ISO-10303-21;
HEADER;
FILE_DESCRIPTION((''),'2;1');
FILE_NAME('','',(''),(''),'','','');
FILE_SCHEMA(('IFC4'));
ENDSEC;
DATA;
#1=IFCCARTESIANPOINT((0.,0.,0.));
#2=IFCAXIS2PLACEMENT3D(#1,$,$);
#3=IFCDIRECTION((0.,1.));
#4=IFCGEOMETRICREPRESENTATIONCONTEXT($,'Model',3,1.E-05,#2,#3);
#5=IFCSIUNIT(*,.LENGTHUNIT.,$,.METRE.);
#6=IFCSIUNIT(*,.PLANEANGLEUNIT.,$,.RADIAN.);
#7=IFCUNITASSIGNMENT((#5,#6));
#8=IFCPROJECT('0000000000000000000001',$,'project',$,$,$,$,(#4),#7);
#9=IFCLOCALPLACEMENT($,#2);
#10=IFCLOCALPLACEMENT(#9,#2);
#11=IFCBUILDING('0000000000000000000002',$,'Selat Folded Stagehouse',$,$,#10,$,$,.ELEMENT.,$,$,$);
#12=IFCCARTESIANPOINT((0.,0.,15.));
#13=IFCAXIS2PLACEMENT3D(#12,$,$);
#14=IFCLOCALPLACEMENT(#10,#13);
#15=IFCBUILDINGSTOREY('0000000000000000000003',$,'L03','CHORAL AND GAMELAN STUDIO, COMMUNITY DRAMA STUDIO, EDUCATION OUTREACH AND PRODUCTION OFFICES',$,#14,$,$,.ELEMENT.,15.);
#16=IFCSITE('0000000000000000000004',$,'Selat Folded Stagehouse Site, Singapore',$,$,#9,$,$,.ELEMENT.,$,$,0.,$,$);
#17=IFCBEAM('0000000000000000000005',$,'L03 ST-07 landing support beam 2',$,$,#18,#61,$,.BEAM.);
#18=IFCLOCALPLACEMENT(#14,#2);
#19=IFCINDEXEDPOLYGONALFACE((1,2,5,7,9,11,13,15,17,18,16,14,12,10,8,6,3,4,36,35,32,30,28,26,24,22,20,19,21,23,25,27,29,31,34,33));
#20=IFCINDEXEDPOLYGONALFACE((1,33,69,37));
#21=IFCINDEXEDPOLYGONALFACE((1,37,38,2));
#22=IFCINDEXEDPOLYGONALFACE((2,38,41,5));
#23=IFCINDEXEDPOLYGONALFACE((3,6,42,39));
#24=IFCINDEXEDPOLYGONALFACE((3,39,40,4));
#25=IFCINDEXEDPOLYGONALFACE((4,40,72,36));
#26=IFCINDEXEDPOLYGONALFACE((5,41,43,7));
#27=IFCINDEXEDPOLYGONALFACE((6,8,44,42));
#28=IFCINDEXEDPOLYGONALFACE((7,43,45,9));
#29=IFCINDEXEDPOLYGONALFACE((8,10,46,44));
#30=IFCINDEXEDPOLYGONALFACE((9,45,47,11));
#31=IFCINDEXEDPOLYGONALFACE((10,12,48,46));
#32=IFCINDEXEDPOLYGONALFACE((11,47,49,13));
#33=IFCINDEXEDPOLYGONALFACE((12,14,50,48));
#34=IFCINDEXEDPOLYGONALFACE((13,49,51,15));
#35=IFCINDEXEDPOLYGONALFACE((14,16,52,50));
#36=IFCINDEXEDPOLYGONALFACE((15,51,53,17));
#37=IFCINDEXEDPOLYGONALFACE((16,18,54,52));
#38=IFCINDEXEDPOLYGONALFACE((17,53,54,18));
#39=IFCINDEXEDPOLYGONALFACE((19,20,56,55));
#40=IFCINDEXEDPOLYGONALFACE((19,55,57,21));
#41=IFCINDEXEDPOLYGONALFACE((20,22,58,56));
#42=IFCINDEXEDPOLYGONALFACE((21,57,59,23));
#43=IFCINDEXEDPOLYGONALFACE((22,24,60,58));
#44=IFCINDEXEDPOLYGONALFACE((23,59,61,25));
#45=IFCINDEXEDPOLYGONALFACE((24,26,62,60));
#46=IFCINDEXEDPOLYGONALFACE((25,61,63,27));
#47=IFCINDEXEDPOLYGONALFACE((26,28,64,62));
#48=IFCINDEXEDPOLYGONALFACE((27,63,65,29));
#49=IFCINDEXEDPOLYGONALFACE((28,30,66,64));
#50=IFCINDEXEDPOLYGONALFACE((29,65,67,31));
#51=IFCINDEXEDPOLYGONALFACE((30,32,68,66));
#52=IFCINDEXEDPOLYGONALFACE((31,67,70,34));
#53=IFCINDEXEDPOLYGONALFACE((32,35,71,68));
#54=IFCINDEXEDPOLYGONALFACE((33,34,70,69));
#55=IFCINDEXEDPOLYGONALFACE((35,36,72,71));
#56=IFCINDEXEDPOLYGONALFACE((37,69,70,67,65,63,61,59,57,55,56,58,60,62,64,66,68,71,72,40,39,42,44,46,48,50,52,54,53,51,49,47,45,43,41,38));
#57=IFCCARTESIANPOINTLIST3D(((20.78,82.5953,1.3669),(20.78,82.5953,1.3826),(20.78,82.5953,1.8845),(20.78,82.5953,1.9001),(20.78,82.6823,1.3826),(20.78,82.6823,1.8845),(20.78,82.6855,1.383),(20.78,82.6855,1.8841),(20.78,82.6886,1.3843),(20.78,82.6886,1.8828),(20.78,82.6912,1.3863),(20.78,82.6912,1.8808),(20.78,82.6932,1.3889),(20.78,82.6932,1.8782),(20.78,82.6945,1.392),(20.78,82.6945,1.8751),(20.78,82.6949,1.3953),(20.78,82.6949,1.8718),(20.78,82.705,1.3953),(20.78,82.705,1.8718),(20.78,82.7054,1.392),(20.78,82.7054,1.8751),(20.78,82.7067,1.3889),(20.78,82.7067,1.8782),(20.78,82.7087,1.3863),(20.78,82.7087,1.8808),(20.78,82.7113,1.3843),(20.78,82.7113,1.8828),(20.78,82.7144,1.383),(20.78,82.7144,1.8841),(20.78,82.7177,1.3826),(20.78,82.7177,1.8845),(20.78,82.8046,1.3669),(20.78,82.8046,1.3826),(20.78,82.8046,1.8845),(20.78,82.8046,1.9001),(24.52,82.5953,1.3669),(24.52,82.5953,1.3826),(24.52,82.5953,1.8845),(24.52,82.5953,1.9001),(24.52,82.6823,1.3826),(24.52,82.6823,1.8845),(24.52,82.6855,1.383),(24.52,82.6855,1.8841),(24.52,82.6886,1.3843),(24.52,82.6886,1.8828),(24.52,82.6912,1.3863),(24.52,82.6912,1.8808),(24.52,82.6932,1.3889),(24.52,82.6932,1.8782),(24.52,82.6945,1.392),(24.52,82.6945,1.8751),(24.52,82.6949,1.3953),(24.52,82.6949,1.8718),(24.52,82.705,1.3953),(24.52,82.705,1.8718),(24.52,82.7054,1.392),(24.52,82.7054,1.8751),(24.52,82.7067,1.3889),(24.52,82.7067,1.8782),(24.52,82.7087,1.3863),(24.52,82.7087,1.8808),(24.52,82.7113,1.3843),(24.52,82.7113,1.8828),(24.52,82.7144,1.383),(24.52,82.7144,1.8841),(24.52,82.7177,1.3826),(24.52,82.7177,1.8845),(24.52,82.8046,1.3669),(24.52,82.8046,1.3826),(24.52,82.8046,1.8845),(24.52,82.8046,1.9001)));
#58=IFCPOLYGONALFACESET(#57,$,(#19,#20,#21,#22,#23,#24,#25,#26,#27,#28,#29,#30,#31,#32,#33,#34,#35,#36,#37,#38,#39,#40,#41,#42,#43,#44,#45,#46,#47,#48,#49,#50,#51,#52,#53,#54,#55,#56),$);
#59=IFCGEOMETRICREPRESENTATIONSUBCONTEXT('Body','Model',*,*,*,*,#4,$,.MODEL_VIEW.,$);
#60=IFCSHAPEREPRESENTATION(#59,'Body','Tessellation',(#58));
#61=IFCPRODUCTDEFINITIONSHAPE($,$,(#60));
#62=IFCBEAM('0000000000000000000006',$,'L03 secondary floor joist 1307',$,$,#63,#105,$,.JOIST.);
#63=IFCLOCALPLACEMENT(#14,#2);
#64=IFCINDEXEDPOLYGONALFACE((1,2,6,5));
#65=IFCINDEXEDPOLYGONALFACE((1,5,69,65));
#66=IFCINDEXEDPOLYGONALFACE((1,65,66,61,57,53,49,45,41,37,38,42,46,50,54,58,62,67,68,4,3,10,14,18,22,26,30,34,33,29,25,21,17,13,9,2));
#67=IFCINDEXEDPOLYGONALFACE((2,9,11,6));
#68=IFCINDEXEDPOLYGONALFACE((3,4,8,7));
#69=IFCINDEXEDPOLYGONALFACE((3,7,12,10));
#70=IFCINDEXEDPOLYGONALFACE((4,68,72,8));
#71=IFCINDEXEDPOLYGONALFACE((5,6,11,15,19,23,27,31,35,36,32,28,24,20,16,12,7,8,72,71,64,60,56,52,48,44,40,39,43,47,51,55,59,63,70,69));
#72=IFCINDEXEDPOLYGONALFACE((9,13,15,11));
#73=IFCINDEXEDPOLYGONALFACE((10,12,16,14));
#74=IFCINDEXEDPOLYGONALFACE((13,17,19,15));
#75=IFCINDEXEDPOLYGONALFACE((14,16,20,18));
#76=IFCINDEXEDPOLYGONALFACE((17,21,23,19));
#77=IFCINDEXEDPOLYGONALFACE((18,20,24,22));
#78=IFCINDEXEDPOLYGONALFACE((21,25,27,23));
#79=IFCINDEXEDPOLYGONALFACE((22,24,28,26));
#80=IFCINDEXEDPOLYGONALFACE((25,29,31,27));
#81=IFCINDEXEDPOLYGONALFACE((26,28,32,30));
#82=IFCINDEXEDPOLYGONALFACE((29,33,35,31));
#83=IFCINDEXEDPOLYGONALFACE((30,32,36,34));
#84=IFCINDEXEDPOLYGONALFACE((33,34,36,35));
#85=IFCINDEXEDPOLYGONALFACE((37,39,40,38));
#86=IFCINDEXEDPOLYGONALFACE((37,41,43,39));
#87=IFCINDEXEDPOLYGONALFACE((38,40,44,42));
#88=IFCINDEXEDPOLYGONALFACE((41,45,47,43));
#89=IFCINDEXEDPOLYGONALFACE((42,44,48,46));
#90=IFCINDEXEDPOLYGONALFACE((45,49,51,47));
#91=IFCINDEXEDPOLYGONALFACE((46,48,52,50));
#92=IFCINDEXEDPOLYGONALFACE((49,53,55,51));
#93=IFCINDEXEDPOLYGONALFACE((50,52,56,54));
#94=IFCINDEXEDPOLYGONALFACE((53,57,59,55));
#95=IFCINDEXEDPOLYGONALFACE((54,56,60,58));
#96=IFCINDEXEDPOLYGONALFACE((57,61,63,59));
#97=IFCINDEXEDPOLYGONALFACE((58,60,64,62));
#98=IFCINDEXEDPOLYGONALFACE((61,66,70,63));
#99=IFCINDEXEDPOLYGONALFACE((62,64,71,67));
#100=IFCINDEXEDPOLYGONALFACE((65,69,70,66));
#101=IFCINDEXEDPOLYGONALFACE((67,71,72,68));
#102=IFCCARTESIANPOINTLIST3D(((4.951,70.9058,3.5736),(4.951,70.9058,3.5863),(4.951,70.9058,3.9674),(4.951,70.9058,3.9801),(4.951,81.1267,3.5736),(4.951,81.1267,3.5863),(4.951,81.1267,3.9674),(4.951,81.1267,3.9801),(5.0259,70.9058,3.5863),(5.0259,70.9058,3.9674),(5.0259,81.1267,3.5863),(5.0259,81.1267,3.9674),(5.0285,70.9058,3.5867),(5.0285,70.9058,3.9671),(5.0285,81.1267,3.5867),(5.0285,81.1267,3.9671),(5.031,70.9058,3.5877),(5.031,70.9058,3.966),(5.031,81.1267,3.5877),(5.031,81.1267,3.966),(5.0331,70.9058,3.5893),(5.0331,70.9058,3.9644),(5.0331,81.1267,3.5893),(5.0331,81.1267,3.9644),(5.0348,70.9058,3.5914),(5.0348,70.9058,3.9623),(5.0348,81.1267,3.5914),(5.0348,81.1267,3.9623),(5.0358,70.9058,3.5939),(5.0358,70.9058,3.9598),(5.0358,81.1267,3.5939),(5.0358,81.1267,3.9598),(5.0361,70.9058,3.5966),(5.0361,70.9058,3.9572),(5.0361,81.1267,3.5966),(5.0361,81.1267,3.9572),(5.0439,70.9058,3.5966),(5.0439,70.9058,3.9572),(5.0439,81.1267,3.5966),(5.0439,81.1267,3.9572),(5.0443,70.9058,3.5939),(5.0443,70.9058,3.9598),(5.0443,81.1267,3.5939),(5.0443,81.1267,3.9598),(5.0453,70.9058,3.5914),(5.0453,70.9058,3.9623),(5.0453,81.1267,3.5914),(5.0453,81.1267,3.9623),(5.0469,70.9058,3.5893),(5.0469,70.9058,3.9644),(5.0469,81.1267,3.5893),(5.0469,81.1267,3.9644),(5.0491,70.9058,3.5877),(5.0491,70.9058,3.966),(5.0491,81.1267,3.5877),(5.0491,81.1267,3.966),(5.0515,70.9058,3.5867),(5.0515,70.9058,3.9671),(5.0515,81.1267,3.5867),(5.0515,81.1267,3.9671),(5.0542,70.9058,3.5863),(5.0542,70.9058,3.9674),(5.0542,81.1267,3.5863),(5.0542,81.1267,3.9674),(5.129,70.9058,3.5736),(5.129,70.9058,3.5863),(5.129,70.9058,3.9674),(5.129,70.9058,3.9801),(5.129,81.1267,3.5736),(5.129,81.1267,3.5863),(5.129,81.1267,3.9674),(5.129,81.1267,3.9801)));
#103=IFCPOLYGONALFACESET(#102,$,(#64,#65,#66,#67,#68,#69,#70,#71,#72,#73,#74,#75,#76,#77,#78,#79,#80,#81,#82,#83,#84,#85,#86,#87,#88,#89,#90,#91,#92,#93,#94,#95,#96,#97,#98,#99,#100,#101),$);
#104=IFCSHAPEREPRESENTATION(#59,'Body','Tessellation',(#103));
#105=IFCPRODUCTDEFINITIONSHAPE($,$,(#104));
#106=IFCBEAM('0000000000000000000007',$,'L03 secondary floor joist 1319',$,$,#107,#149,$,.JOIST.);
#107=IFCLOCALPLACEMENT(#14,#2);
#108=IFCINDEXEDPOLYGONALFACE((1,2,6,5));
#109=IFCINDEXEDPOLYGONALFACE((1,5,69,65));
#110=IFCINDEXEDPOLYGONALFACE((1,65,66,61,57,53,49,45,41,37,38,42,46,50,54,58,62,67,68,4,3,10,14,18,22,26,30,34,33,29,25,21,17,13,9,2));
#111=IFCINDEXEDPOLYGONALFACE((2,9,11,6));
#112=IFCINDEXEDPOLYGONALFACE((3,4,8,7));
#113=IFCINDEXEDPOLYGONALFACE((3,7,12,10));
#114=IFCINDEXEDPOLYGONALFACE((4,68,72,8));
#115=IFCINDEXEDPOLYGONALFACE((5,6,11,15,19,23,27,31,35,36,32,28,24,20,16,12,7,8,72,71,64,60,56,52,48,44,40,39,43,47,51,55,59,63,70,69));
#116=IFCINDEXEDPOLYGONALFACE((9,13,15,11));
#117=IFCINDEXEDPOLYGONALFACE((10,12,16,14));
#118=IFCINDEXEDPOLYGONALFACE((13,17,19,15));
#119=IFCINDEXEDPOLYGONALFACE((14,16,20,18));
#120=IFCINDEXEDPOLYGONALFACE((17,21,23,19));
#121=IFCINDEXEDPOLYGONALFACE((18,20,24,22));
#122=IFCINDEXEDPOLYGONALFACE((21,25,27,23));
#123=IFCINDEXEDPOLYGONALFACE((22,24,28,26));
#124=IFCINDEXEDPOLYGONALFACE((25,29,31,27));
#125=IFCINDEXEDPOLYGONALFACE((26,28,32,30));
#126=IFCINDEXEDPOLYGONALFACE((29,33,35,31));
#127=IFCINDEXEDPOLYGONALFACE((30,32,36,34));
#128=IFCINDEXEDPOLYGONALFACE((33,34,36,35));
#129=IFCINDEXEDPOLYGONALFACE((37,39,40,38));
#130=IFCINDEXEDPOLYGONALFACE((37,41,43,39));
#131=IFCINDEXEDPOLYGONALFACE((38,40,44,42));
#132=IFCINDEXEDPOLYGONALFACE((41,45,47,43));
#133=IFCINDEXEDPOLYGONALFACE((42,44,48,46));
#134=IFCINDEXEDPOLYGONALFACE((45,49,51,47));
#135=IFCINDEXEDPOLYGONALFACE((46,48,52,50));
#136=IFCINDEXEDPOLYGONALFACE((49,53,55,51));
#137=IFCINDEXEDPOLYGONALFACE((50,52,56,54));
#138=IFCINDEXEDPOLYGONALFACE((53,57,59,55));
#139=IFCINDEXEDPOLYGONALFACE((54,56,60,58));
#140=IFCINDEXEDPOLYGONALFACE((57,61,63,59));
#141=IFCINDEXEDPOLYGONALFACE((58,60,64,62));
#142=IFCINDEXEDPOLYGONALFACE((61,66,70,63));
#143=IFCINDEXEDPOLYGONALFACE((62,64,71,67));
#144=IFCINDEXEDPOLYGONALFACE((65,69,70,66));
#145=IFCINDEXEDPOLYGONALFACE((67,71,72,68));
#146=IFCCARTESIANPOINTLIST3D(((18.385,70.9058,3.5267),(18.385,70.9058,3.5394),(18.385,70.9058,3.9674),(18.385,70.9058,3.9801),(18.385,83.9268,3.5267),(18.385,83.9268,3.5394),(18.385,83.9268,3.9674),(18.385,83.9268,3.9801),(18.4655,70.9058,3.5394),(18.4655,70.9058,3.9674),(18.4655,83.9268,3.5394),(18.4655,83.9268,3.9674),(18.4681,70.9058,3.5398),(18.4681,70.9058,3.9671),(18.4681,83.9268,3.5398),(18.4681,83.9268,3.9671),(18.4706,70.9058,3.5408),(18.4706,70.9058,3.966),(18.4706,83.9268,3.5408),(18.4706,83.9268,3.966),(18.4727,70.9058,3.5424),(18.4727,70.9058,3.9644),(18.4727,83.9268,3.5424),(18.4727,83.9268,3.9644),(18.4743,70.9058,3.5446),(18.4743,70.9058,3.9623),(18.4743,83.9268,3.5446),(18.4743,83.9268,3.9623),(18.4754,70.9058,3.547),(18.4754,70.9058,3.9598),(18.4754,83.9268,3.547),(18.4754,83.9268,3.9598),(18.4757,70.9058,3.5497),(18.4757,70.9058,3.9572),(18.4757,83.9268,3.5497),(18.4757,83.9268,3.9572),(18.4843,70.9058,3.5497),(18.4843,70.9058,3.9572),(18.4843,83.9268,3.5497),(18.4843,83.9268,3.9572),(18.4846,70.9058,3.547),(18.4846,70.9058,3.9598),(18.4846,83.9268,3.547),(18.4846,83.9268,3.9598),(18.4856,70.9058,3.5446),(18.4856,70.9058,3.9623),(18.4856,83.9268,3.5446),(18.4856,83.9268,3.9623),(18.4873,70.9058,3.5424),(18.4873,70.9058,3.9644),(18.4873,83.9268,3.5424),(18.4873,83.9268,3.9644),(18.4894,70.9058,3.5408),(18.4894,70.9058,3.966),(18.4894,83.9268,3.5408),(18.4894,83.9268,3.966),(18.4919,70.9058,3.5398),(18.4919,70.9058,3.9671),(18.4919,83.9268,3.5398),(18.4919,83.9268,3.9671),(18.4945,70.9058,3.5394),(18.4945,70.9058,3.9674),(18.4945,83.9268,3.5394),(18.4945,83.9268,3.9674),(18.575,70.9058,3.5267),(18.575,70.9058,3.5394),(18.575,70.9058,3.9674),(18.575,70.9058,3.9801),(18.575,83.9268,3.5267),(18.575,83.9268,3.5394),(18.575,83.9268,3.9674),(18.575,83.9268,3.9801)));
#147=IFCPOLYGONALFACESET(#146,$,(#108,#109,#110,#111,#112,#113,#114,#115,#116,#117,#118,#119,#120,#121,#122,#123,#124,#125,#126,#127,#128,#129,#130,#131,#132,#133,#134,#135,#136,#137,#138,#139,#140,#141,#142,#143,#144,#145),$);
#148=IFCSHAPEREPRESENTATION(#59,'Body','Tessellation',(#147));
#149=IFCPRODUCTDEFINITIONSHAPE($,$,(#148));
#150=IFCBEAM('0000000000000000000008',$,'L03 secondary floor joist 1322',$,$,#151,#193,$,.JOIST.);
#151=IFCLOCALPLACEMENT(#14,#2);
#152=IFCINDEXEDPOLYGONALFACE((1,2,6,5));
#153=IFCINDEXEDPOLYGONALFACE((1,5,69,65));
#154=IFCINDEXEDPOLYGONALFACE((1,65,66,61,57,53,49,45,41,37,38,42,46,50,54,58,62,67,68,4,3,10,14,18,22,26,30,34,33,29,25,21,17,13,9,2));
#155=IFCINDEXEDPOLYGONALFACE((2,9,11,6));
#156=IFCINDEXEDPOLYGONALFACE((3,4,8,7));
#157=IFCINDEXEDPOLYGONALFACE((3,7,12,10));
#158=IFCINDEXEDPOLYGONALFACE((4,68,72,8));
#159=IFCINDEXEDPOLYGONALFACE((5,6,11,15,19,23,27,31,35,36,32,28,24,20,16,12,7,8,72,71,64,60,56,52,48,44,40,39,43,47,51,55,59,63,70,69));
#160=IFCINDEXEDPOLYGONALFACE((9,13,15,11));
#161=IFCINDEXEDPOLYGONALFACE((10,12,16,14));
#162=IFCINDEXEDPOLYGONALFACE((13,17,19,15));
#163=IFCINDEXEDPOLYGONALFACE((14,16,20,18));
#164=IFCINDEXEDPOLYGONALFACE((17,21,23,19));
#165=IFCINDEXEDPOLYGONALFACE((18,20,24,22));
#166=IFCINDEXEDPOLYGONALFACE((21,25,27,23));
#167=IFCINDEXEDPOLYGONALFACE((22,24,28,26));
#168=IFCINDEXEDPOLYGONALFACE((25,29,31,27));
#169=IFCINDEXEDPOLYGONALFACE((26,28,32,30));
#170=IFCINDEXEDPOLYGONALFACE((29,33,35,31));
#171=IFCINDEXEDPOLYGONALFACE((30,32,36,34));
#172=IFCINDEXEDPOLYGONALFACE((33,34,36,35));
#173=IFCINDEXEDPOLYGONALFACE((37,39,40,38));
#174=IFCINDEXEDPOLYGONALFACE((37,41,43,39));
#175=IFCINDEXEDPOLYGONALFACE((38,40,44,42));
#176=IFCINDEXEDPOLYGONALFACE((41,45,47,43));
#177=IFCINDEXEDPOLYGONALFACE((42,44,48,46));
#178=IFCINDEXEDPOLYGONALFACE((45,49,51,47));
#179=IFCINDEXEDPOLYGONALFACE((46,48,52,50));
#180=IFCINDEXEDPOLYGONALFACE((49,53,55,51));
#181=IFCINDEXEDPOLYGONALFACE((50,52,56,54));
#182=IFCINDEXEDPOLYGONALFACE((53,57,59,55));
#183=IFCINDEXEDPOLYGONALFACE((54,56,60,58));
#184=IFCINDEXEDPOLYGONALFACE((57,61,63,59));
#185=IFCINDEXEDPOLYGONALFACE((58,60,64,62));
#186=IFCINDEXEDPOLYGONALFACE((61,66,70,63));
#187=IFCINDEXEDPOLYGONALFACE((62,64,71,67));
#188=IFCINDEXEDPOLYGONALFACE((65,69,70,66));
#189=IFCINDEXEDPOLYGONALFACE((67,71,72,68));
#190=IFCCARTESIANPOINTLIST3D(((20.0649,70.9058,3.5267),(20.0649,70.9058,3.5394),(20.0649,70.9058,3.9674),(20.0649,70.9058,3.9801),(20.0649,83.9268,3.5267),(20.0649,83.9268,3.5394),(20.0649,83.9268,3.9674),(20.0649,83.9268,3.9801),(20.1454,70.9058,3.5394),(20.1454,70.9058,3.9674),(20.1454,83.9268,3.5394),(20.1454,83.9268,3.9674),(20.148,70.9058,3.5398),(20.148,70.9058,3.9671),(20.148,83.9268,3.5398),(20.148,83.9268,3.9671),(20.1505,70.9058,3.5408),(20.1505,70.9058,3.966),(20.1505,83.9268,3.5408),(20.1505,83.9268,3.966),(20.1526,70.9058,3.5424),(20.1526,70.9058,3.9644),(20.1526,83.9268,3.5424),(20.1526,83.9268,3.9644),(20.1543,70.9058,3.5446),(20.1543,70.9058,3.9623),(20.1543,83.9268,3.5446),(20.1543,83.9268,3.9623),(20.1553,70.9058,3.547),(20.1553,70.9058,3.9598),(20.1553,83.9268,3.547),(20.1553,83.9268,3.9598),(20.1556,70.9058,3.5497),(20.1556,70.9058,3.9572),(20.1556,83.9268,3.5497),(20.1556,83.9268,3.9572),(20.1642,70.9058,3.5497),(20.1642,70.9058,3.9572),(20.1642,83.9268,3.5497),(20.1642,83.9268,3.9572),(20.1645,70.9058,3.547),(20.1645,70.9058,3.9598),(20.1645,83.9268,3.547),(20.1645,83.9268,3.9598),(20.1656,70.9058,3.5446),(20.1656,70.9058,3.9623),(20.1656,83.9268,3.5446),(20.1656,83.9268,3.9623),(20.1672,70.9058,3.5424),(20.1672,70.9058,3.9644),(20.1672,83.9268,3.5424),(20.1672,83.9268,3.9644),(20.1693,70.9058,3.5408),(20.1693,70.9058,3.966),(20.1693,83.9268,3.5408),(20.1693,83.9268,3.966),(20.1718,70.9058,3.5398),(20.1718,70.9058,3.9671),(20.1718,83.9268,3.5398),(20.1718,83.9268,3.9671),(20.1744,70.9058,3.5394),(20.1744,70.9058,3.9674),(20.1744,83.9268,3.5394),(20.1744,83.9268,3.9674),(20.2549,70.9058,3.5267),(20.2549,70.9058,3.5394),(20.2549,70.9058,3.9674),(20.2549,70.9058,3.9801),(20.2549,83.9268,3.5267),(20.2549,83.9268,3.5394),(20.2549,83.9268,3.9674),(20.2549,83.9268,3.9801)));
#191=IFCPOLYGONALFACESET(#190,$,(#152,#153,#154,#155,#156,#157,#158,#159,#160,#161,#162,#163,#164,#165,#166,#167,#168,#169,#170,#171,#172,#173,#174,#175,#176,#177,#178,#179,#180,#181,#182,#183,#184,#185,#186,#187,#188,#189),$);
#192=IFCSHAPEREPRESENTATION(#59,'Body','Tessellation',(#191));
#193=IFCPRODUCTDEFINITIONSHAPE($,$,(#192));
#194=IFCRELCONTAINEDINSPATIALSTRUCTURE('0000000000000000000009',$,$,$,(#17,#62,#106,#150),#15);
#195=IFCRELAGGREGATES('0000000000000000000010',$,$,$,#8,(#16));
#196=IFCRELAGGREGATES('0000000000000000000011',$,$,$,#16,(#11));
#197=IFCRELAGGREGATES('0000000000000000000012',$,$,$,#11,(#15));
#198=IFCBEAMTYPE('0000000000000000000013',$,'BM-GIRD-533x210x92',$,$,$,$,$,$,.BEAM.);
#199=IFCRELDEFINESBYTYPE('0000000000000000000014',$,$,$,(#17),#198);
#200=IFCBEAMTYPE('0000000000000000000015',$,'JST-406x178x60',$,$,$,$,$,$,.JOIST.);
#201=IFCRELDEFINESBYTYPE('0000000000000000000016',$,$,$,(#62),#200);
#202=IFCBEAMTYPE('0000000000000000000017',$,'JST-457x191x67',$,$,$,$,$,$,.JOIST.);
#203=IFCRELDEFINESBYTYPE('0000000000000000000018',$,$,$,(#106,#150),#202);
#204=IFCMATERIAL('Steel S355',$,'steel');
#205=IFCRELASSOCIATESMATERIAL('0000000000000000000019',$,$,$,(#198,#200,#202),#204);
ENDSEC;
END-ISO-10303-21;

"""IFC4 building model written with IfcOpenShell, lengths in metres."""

from ifc_helpers import new_model, si_unit, direction, frame, origin, origin_2d, place, context, subcontext, project, spatial, i_section, extrude, material, material_profile, profile_set, type_object, element, save


model = new_model("IFC4")

# Units and contexts
model_context = context("Model", 3, precision=1e-05, world=origin(), true_north=direction((0.0, 1.0)))
body_context = subcontext(model_context, "Body", "Model", "MODEL_VIEW")
ifc_project = project(units=[si_unit("LENGTHUNIT", "METRE"), si_unit("PLANEANGLEUNIT", "RADIAN")], contexts=[model_context])

# Site, building, storey
site_placement = place(None, origin())
site = spatial("IfcSite", under=ifc_project, at=site_placement, Name="Selat Folded Stagehouse Site, Singapore", CompositionType="ELEMENT", RefElevation=0.0)
building_placement = place(site_placement, origin())
building = spatial("IfcBuilding", under=site, at=building_placement, Name="Selat Folded Stagehouse", CompositionType="ELEMENT")
storey_placement = place(building_placement, frame((0.0, 0.0, 15.0)))
storey = spatial("IfcBuildingStorey", under=building, at=storey_placement, Name="L03", Description="CHORAL AND GAMELAN STUDIO, COMMUNITY DRAMA STUDIO, EDUCATION OUTREACH AND PRODUCTION OFFICES", CompositionType="ELEMENT", Elevation=15.0)

# Shared definitions
ifc_material_1 = material(Name="Steel S355", Category="steel")

# Beams
ifc_material_profile_1 = material_profile(ifc_material_1, i_section(OverallWidth=0.2092, OverallDepth=0.5332, WebThickness=0.01, FlangeThickness=0.0156, FilletRadius=0.0127, at=origin_2d()), Name="UKB 533x210x92")
ifc_profile_set_1 = profile_set([ifc_material_profile_1], Name="Steel S355")
beam_type_1 = type_object("IfcBeamType", Name="BM-GIRD-533x210x92", PredefinedType="BEAM", material=ifc_profile_set_1)
for number, where, z_axis, x_axis, name in (
    (1, (20.78, 82.7, 1.6335), (1.0, 0.0, 0.0), (0.0, 1.0, 0.0), "L03 ST-07 landing support beam 2"),
):
    element("IfcBeam", number, at=place(storey_placement, frame(where, z_axis=z_axis, x_axis=x_axis)), inside=storey, type_object=beam_type_1, Name=name, PredefinedType="BEAM", context=body_context, shape_type="SweptSolid", body=[
        extrude(i_section(OverallWidth=0.2092, OverallDepth=0.5332, WebThickness=0.01, FlangeThickness=0.0156, FilletRadius=0.0127, at=origin_2d()), origin(), (0.0, 0.0, 1.0), 3.74),
    ])
ifc_material_profile_2 = material_profile(ifc_material_1, i_section(OverallWidth=0.178, OverallDepth=0.4065, WebThickness=0.0078, FlangeThickness=0.0127, FilletRadius=0.0103, at=origin_2d()), Name="UKB 406x178x60")
ifc_profile_set_2 = profile_set([ifc_material_profile_2], Name="Steel S355")
beam_type_2 = type_object("IfcBeamType", Name="JST-406x178x60", PredefinedType="JOIST", material=ifc_profile_set_2)
beam_1_placement = place(storey_placement, frame((5.04, 70.9058, 3.7769), z_axis=(0.0, 1.0, 0.0), x_axis=(-1.0, 0.0, 0.0)))
element("IfcBeam", 2, at=beam_1_placement, inside=storey, type_object=beam_type_2, Name="L03 secondary floor joist 1307", PredefinedType="JOIST", context=body_context, shape_type="SweptSolid", body=[
    extrude(i_section(OverallWidth=0.178, OverallDepth=0.4065, WebThickness=0.0078, FlangeThickness=0.0127, FilletRadius=0.0103, at=origin_2d()), origin(), (0.0, 0.0, 1.0), 10.2209),
])
ifc_material_profile_3 = material_profile(ifc_material_1, i_section(OverallWidth=0.1899, OverallDepth=0.4534, WebThickness=0.0085, FlangeThickness=0.0127, FilletRadius=0.0103, at=origin_2d()), Name="UKB 457x191x67")
ifc_profile_set_3 = profile_set([ifc_material_profile_3], Name="Steel S355")
beam_type_3 = type_object("IfcBeamType", Name="JST-457x191x67", PredefinedType="JOIST", material=ifc_profile_set_3)
for number, where, z_axis, x_axis, name in (
    (3, (18.48, 70.9058, 3.7534), (0.0, 1.0, 0.0), (-1.0, 0.0, 0.0), "L03 secondary floor joist 1319"),
    (4, (20.1599, 70.9058, 3.7534), (0.0, 1.0, 0.0), (-1.0, 0.0, 0.0), "L03 secondary floor joist 1322"),
):
    element("IfcBeam", number, at=place(storey_placement, frame(where, z_axis=z_axis, x_axis=x_axis)), inside=storey, type_object=beam_type_3, Name=name, PredefinedType="JOIST", context=body_context, shape_type="SweptSolid", body=[
        extrude(i_section(OverallWidth=0.1899, OverallDepth=0.4534, WebThickness=0.0085, FlangeThickness=0.0127, FilletRadius=0.0103, at=origin_2d()), origin(), (0.0, 0.0, 1.0), 13.021),
    ])

save(model, "model.ifc")
